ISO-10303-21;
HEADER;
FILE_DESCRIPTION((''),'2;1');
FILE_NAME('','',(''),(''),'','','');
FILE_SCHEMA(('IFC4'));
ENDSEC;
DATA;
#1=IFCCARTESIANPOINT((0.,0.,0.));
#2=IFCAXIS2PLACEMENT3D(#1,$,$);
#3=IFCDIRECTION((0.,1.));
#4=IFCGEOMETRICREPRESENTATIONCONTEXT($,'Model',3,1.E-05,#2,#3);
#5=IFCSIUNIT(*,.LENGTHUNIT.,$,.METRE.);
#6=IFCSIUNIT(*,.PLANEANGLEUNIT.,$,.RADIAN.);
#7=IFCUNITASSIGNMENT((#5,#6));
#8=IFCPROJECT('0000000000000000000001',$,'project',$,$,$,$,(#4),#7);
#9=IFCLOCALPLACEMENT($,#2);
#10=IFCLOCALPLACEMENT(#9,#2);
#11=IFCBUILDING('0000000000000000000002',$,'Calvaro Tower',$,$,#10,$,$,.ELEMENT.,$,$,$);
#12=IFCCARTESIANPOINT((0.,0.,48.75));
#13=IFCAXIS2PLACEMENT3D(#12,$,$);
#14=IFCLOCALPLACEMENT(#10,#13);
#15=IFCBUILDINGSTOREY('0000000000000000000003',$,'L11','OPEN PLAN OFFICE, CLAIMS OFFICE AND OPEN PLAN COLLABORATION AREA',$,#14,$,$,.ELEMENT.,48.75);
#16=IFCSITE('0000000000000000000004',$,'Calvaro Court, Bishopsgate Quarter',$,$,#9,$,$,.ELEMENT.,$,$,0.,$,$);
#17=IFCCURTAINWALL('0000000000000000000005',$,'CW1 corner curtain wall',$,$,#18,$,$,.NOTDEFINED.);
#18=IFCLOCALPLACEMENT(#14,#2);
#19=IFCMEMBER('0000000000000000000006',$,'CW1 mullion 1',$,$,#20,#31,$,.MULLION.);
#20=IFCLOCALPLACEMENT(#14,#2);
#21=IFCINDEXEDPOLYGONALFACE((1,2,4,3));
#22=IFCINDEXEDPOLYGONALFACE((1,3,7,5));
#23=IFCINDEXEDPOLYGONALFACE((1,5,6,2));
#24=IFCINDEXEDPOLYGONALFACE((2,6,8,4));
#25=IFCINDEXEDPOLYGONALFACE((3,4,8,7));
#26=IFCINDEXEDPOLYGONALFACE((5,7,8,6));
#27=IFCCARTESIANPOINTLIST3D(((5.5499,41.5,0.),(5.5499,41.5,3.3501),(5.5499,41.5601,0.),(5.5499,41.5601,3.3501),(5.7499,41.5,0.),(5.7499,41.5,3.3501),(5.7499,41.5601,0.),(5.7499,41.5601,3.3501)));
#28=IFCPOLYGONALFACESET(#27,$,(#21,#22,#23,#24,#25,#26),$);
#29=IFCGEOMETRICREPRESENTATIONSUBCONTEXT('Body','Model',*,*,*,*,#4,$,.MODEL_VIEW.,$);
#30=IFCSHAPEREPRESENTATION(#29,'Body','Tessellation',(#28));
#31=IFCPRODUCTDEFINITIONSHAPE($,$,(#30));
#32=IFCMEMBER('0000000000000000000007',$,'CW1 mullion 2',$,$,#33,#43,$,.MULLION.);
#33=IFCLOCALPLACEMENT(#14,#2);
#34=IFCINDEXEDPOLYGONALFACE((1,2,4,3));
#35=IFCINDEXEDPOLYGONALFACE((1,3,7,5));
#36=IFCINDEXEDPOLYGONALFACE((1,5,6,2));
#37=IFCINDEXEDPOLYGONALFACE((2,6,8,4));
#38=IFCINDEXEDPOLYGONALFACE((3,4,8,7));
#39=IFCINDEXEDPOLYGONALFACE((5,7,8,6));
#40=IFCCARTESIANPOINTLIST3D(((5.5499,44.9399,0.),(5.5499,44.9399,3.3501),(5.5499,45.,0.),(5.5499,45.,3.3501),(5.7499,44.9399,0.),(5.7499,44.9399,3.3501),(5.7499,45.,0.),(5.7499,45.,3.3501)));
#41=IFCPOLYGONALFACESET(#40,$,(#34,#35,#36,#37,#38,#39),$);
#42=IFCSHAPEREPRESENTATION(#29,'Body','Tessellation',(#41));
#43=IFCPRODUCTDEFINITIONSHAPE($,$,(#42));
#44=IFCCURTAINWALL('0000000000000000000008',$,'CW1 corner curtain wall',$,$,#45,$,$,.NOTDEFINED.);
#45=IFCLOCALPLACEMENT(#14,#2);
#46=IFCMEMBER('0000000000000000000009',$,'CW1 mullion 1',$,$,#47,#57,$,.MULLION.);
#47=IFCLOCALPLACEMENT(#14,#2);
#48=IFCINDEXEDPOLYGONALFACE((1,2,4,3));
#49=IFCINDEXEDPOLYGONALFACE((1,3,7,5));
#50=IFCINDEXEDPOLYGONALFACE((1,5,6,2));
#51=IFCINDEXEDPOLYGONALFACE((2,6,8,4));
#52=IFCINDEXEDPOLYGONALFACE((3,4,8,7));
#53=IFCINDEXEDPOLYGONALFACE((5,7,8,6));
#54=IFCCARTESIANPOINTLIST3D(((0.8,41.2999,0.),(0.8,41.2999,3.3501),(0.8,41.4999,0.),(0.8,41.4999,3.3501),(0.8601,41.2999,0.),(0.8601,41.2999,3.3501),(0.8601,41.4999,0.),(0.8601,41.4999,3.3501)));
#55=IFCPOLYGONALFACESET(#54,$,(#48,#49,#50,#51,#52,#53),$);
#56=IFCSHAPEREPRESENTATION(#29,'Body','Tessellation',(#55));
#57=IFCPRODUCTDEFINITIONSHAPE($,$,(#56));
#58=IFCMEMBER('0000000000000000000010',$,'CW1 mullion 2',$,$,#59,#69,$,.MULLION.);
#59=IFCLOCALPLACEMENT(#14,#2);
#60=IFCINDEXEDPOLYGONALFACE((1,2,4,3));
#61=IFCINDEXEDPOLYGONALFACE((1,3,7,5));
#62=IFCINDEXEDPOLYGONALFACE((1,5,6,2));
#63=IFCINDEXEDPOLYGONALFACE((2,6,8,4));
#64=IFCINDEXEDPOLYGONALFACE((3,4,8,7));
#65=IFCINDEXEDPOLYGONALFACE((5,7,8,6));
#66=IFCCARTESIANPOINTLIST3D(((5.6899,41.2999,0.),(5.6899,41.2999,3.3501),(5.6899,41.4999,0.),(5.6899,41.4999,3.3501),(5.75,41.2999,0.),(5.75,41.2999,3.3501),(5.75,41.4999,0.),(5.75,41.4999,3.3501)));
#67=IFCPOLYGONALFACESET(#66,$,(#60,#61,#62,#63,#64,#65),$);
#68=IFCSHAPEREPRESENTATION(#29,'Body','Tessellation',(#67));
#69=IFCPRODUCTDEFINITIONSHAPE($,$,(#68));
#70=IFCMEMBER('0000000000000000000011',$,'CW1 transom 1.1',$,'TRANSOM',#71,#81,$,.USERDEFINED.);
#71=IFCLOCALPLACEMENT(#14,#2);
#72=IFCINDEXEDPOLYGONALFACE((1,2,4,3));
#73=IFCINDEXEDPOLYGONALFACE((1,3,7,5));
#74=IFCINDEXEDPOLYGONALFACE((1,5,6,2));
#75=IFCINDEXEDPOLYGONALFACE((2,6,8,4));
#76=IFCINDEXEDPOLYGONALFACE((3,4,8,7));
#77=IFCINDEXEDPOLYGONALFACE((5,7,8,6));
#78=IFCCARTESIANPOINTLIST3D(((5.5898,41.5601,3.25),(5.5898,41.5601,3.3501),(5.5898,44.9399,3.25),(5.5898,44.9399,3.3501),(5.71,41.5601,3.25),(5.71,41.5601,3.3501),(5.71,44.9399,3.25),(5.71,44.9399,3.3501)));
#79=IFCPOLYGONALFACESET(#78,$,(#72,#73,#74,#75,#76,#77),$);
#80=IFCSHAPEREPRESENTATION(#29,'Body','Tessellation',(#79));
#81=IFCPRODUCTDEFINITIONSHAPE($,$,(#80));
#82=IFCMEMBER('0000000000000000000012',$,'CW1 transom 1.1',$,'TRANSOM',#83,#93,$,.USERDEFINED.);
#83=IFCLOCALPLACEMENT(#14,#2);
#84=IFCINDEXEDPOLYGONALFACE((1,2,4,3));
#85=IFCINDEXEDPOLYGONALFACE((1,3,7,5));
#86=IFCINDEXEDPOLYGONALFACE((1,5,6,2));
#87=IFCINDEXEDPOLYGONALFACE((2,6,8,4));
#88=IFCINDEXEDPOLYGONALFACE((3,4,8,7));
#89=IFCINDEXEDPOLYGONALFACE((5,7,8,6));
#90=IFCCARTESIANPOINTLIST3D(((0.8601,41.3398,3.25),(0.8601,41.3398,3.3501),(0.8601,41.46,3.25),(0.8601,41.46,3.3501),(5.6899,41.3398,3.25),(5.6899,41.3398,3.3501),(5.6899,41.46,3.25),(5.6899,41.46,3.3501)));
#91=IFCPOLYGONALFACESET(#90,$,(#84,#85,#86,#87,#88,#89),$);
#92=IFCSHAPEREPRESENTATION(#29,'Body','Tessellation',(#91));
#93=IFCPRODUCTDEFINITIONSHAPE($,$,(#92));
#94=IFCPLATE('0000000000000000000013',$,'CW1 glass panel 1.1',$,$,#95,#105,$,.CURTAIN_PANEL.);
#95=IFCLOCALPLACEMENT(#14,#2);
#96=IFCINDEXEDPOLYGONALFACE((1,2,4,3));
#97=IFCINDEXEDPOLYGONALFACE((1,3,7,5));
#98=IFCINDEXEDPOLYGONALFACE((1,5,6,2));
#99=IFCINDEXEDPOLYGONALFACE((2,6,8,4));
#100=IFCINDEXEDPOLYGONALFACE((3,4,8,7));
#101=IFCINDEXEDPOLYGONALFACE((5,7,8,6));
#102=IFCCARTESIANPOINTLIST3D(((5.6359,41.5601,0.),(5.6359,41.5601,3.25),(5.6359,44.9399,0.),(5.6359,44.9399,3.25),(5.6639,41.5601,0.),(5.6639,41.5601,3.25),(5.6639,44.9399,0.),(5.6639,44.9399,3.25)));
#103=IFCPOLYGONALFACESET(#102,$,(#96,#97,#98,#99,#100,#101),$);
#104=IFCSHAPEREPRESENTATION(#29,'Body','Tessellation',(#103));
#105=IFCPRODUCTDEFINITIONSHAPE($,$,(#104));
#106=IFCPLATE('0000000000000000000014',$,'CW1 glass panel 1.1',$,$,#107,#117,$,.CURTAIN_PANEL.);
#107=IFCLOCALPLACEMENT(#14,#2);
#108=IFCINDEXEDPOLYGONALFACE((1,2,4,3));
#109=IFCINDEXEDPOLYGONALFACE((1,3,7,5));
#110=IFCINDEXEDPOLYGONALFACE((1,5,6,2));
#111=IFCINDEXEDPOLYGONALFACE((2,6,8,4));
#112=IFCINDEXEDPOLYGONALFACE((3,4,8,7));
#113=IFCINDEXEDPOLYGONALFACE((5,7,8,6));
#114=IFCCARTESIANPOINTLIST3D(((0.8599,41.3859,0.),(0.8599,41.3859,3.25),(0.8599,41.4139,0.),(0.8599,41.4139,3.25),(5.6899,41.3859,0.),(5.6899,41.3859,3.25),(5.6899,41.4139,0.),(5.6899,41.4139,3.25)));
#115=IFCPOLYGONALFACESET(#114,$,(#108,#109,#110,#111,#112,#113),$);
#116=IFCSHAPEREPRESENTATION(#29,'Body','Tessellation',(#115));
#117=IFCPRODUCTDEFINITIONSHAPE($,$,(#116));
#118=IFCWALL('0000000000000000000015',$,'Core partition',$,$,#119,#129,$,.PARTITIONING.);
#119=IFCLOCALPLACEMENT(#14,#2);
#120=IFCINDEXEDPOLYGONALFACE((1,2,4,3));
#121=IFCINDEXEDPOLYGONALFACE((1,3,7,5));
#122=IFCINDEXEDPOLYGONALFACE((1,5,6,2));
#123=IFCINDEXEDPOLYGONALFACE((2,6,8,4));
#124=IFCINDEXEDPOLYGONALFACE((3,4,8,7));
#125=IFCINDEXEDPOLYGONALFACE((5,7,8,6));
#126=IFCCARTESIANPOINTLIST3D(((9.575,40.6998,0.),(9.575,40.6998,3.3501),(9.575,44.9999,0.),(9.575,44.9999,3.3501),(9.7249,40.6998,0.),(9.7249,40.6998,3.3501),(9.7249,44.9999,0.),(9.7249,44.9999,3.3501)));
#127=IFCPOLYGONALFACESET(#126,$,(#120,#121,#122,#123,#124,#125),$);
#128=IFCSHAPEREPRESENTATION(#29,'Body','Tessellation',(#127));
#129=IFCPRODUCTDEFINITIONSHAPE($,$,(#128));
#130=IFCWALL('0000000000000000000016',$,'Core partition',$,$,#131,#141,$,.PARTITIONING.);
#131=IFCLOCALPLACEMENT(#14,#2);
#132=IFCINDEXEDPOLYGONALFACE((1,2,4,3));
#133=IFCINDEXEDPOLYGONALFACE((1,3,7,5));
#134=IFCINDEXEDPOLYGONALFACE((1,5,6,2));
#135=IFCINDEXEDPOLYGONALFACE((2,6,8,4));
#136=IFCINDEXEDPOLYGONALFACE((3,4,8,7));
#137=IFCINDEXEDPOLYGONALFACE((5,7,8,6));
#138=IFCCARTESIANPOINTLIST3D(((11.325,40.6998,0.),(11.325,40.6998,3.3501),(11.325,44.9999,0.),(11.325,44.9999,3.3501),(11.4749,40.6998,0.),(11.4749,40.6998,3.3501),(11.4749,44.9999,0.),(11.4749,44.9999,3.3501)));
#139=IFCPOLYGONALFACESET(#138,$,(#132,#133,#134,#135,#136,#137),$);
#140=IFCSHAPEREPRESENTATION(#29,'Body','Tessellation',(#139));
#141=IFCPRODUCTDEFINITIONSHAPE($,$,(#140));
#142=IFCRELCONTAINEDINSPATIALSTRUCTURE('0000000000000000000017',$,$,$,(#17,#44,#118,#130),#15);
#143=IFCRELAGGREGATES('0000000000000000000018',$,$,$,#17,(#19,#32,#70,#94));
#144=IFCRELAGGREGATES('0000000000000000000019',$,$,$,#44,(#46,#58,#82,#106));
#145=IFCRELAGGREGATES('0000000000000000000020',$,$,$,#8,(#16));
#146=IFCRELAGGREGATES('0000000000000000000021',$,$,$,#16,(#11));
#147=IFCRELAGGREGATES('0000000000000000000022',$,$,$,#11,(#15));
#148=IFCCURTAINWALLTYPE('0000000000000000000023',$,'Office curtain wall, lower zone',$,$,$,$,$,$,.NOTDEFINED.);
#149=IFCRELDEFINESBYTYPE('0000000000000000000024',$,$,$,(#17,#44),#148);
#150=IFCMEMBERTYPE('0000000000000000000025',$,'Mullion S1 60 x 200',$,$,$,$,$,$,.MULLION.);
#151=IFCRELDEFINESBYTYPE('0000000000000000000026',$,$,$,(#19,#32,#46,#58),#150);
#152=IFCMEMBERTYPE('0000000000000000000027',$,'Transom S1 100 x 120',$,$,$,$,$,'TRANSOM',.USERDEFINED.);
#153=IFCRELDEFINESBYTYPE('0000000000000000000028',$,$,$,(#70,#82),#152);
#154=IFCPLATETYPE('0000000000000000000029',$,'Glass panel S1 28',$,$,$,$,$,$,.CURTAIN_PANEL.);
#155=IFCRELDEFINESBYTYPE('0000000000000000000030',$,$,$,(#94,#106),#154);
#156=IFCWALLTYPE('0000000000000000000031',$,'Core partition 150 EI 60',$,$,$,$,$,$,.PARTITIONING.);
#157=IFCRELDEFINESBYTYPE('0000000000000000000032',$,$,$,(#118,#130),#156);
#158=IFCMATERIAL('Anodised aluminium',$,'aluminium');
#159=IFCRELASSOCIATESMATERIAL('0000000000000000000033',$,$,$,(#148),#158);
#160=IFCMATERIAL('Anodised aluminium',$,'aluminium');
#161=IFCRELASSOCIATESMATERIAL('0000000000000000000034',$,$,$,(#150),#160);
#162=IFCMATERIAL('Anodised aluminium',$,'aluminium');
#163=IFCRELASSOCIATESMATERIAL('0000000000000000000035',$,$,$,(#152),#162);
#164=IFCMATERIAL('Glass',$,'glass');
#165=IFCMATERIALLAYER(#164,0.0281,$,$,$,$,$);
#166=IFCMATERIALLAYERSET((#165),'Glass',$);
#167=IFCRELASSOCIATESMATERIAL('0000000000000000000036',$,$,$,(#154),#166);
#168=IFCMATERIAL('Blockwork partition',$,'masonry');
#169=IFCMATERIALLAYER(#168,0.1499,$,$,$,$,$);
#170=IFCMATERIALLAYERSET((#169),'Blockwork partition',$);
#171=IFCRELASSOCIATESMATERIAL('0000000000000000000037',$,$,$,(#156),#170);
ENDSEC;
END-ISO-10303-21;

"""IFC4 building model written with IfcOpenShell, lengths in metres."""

from ifc_helpers import new_model, si_unit, direction, frame, frame_2d, origin, origin_2d, place, context, subcontext, project, spatial, rectangle, extrude, material, layer, layer_set, material_profile, profile_set, type_object, element, aggregate, save


model = new_model("IFC4")

# Units and contexts
model_context = context("Model", 3, precision=1e-05, world=origin(), true_north=direction((0.0, 1.0)))
body_context = subcontext(model_context, "Body", "Model", "MODEL_VIEW")
ifc_project = project(units=[si_unit("LENGTHUNIT", "METRE"), si_unit("PLANEANGLEUNIT", "RADIAN")], contexts=[model_context])

# Site, building, storey
site_placement = place(None, origin())
site = spatial("IfcSite", under=ifc_project, at=site_placement, Name="Calvaro Court, Bishopsgate Quarter", CompositionType="ELEMENT", RefElevation=0.0)
building_placement = place(site_placement, origin())
building = spatial("IfcBuilding", under=site, at=building_placement, Name="Calvaro Tower", CompositionType="ELEMENT")
storey_placement = place(building_placement, frame((0.0, 0.0, 48.75)))
storey = spatial("IfcBuildingStorey", under=building, at=storey_placement, Name="L11", Description="OPEN PLAN OFFICE, CLAIMS OFFICE AND OPEN PLAN COLLABORATION AREA", CompositionType="ELEMENT", Elevation=48.75)

# Curtain walls, members
ifc_material_1 = material(Name="Anodised aluminium", Category="aluminium")
curtain_wall_type = type_object("IfcCurtainWallType", Name="Office curtain wall, lower zone", PredefinedType="NOTDEFINED", material=ifc_material_1)
curtain_wall_1_placement = place(storey_placement, origin())
curtain_wall_1 = element("IfcCurtainWall", 1, at=curtain_wall_1_placement, inside=storey, type_object=curtain_wall_type, Name="CW1 corner curtain wall", PredefinedType="NOTDEFINED")
ifc_material_2 = material(Name="Anodised aluminium", Category="aluminium")
ifc_material_profile_1 = material_profile(ifc_material_2, rectangle(XDim=0.2, YDim=0.0601, at=origin_2d()), Name="Mullion S1 60 x 200")
ifc_profile_set_1 = profile_set([ifc_material_profile_1], Name="Anodised aluminium")
member_type_1 = type_object("IfcMemberType", Name="Mullion S1 60 x 200", PredefinedType="MULLION", material=ifc_profile_set_1)
member_1_placement = place(storey_placement, frame((5.6499, 41.53, 0.0), z_axis=(0.0, 0.0, 1.0), x_axis=(-1.0, 0.0, 0.0)))
member_1 = element("IfcMember", 2, at=member_1_placement, type_object=member_type_1, Name="CW1 mullion 1", PredefinedType="MULLION", context=body_context, shape_type="SweptSolid", body=[
    extrude(rectangle(XDim=0.2, YDim=0.0601, at=origin_2d()), origin(), (0.0, 0.0, 1.0), 3.3501),
])
member_2_placement = place(storey_placement, frame((5.6499, 44.97, 0.0), z_axis=(0.0, 0.0, 1.0), x_axis=(-1.0, 0.0, 0.0)))
member_2 = element("IfcMember", 3, at=member_2_placement, type_object=member_type_1, Name="CW1 mullion 2", PredefinedType="MULLION", context=body_context, shape_type="SweptSolid", body=[
    extrude(rectangle(XDim=0.2, YDim=0.0601, at=origin_2d()), origin(), (0.0, 0.0, 1.0), 3.3501),
])
curtain_wall_2_placement = place(storey_placement, origin())
curtain_wall_2 = element("IfcCurtainWall", 4, at=curtain_wall_2_placement, inside=storey, type_object=curtain_wall_type, Name="CW1 corner curtain wall", PredefinedType="NOTDEFINED")
member_3_placement = place(storey_placement, frame((0.8301, 41.3999, 0.0), z_axis=(0.0, 0.0, 1.0), x_axis=(0.0, 1.0, 0.0)))
member_3 = element("IfcMember", 5, at=member_3_placement, type_object=member_type_1, Name="CW1 mullion 1", PredefinedType="MULLION", context=body_context, shape_type="SweptSolid", body=[
    extrude(rectangle(XDim=0.2, YDim=0.0601, at=origin_2d()), origin(), (0.0, 0.0, 1.0), 3.3501),
])
member_4_placement = place(storey_placement, frame((5.72, 41.3999, 0.0), z_axis=(0.0, 0.0, 1.0), x_axis=(0.0, 1.0, 0.0)))
member_4 = element("IfcMember", 6, at=member_4_placement, type_object=member_type_1, Name="CW1 mullion 2", PredefinedType="MULLION", context=body_context, shape_type="SweptSolid", body=[
    extrude(rectangle(XDim=0.2, YDim=0.0601, at=origin_2d()), origin(), (0.0, 0.0, 1.0), 3.3501),
])

# Members
ifc_material_3 = material(Name="Anodised aluminium", Category="aluminium")
ifc_material_profile_2 = material_profile(ifc_material_3, rectangle(XDim=0.1201, YDim=0.1001, at=origin_2d()), Name="Transom S1 100 x 120")
ifc_profile_set_2 = profile_set([ifc_material_profile_2], Name="Anodised aluminium")
member_type_2 = type_object("IfcMemberType", Name="Transom S1 100 x 120", ElementType="TRANSOM", PredefinedType="USERDEFINED", material=ifc_profile_set_2)
member_5_placement = place(storey_placement, frame((5.6499, 41.5601, 3.3), z_axis=(0.0, 1.0, 0.0), x_axis=(-1.0, 0.0, 0.0)))
member_5 = element("IfcMember", 7, at=member_5_placement, type_object=member_type_2, Name="CW1 transom 1.1", ObjectType="TRANSOM", PredefinedType="USERDEFINED", context=body_context, shape_type="SweptSolid", body=[
    extrude(rectangle(XDim=0.1201, YDim=0.1001, at=origin_2d()), origin(), (0.0, 0.0, 1.0), 3.3799),
])
member_6_placement = place(storey_placement, frame((0.8601, 41.3999, 3.3), z_axis=(1.0, 0.0, 0.0), x_axis=(0.0, 1.0, 0.0)))
member_6 = element("IfcMember", 8, at=member_6_placement, type_object=member_type_2, Name="CW1 transom 1.1", ObjectType="TRANSOM", PredefinedType="USERDEFINED", context=body_context, shape_type="SweptSolid", body=[
    extrude(rectangle(XDim=0.1201, YDim=0.1001, at=origin_2d()), origin(), (0.0, 0.0, 1.0), 4.8298),
])

# Plates
ifc_material_4 = material(Name="Glass", Category="glass")
ifc_layer_1 = layer(ifc_material_4, 0.0281)
ifc_layer_set_1 = layer_set([ifc_layer_1], Name="Glass")
plate_type = type_object("IfcPlateType", Name="Glass panel S1 28", PredefinedType="CURTAIN_PANEL", material=ifc_layer_set_1)
plate_1_placement = place(storey_placement, frame((5.6499, 43.25, 0.0), z_axis=(0.0, 0.0, 1.0), x_axis=(0.0, 1.0, 0.0)))
plate_1 = element("IfcPlate", 9, at=plate_1_placement, type_object=plate_type, Name="CW1 glass panel 1.1", PredefinedType="CURTAIN_PANEL", context=body_context, shape_type="SweptSolid", body=[
    extrude(rectangle(XDim=3.3799, YDim=0.0281, at=origin_2d()), origin(), (0.0, 0.0, 1.0), 3.25),
])
aggregate(curtain_wall_1, [member_1, member_2, member_5, plate_1])
plate_2_placement = place(storey_placement, frame((3.2749, 41.3999, 0.0), z_axis=(0.0, 0.0, 1.0), x_axis=(1.0, 0.0, 0.0)))
plate_2 = element("IfcPlate", 10, at=plate_2_placement, type_object=plate_type, Name="CW1 glass panel 1.1", PredefinedType="CURTAIN_PANEL", context=body_context, shape_type="SweptSolid", body=[
    extrude(rectangle(XDim=4.8301, YDim=0.0281, at=origin_2d()), origin(), (0.0, 0.0, 1.0), 3.25),
])
aggregate(curtain_wall_2, [member_3, member_4, member_6, plate_2])

# Walls
ifc_material_5 = material(Name="Blockwork partition", Category="masonry")
ifc_layer_2 = layer(ifc_material_5, 0.1499)
ifc_layer_set_2 = layer_set([ifc_layer_2], Name="Blockwork partition")
wall_type_1 = type_object("IfcWallType", Name="Core partition 150 EI 60", PredefinedType="PARTITIONING", material=ifc_layer_set_2)
for number, where, z_axis, x_axis, name in (
    (11, (9.6499, 40.7, 0.0), (0.0, 0.0, 1.0), (0.0, 1.0, 0.0), "Core partition"),
    (12, (11.3999, 40.7, 0.0), (0.0, 0.0, 1.0), (0.0, 1.0, 0.0), "Core partition"),
):
    element("IfcWall", number, at=place(storey_placement, frame(where, z_axis=z_axis, x_axis=x_axis)), inside=storey, type_object=wall_type_1, Name=name, PredefinedType="PARTITIONING", context=body_context, shape_type="SweptSolid", body=[
        extrude(rectangle(XDim=4.3, YDim=0.1499, at=frame_2d((2.1499, 0.0))), origin(), (0.0, 0.0, 1.0), 3.3501),
    ])

save(model, "model.ifc")
